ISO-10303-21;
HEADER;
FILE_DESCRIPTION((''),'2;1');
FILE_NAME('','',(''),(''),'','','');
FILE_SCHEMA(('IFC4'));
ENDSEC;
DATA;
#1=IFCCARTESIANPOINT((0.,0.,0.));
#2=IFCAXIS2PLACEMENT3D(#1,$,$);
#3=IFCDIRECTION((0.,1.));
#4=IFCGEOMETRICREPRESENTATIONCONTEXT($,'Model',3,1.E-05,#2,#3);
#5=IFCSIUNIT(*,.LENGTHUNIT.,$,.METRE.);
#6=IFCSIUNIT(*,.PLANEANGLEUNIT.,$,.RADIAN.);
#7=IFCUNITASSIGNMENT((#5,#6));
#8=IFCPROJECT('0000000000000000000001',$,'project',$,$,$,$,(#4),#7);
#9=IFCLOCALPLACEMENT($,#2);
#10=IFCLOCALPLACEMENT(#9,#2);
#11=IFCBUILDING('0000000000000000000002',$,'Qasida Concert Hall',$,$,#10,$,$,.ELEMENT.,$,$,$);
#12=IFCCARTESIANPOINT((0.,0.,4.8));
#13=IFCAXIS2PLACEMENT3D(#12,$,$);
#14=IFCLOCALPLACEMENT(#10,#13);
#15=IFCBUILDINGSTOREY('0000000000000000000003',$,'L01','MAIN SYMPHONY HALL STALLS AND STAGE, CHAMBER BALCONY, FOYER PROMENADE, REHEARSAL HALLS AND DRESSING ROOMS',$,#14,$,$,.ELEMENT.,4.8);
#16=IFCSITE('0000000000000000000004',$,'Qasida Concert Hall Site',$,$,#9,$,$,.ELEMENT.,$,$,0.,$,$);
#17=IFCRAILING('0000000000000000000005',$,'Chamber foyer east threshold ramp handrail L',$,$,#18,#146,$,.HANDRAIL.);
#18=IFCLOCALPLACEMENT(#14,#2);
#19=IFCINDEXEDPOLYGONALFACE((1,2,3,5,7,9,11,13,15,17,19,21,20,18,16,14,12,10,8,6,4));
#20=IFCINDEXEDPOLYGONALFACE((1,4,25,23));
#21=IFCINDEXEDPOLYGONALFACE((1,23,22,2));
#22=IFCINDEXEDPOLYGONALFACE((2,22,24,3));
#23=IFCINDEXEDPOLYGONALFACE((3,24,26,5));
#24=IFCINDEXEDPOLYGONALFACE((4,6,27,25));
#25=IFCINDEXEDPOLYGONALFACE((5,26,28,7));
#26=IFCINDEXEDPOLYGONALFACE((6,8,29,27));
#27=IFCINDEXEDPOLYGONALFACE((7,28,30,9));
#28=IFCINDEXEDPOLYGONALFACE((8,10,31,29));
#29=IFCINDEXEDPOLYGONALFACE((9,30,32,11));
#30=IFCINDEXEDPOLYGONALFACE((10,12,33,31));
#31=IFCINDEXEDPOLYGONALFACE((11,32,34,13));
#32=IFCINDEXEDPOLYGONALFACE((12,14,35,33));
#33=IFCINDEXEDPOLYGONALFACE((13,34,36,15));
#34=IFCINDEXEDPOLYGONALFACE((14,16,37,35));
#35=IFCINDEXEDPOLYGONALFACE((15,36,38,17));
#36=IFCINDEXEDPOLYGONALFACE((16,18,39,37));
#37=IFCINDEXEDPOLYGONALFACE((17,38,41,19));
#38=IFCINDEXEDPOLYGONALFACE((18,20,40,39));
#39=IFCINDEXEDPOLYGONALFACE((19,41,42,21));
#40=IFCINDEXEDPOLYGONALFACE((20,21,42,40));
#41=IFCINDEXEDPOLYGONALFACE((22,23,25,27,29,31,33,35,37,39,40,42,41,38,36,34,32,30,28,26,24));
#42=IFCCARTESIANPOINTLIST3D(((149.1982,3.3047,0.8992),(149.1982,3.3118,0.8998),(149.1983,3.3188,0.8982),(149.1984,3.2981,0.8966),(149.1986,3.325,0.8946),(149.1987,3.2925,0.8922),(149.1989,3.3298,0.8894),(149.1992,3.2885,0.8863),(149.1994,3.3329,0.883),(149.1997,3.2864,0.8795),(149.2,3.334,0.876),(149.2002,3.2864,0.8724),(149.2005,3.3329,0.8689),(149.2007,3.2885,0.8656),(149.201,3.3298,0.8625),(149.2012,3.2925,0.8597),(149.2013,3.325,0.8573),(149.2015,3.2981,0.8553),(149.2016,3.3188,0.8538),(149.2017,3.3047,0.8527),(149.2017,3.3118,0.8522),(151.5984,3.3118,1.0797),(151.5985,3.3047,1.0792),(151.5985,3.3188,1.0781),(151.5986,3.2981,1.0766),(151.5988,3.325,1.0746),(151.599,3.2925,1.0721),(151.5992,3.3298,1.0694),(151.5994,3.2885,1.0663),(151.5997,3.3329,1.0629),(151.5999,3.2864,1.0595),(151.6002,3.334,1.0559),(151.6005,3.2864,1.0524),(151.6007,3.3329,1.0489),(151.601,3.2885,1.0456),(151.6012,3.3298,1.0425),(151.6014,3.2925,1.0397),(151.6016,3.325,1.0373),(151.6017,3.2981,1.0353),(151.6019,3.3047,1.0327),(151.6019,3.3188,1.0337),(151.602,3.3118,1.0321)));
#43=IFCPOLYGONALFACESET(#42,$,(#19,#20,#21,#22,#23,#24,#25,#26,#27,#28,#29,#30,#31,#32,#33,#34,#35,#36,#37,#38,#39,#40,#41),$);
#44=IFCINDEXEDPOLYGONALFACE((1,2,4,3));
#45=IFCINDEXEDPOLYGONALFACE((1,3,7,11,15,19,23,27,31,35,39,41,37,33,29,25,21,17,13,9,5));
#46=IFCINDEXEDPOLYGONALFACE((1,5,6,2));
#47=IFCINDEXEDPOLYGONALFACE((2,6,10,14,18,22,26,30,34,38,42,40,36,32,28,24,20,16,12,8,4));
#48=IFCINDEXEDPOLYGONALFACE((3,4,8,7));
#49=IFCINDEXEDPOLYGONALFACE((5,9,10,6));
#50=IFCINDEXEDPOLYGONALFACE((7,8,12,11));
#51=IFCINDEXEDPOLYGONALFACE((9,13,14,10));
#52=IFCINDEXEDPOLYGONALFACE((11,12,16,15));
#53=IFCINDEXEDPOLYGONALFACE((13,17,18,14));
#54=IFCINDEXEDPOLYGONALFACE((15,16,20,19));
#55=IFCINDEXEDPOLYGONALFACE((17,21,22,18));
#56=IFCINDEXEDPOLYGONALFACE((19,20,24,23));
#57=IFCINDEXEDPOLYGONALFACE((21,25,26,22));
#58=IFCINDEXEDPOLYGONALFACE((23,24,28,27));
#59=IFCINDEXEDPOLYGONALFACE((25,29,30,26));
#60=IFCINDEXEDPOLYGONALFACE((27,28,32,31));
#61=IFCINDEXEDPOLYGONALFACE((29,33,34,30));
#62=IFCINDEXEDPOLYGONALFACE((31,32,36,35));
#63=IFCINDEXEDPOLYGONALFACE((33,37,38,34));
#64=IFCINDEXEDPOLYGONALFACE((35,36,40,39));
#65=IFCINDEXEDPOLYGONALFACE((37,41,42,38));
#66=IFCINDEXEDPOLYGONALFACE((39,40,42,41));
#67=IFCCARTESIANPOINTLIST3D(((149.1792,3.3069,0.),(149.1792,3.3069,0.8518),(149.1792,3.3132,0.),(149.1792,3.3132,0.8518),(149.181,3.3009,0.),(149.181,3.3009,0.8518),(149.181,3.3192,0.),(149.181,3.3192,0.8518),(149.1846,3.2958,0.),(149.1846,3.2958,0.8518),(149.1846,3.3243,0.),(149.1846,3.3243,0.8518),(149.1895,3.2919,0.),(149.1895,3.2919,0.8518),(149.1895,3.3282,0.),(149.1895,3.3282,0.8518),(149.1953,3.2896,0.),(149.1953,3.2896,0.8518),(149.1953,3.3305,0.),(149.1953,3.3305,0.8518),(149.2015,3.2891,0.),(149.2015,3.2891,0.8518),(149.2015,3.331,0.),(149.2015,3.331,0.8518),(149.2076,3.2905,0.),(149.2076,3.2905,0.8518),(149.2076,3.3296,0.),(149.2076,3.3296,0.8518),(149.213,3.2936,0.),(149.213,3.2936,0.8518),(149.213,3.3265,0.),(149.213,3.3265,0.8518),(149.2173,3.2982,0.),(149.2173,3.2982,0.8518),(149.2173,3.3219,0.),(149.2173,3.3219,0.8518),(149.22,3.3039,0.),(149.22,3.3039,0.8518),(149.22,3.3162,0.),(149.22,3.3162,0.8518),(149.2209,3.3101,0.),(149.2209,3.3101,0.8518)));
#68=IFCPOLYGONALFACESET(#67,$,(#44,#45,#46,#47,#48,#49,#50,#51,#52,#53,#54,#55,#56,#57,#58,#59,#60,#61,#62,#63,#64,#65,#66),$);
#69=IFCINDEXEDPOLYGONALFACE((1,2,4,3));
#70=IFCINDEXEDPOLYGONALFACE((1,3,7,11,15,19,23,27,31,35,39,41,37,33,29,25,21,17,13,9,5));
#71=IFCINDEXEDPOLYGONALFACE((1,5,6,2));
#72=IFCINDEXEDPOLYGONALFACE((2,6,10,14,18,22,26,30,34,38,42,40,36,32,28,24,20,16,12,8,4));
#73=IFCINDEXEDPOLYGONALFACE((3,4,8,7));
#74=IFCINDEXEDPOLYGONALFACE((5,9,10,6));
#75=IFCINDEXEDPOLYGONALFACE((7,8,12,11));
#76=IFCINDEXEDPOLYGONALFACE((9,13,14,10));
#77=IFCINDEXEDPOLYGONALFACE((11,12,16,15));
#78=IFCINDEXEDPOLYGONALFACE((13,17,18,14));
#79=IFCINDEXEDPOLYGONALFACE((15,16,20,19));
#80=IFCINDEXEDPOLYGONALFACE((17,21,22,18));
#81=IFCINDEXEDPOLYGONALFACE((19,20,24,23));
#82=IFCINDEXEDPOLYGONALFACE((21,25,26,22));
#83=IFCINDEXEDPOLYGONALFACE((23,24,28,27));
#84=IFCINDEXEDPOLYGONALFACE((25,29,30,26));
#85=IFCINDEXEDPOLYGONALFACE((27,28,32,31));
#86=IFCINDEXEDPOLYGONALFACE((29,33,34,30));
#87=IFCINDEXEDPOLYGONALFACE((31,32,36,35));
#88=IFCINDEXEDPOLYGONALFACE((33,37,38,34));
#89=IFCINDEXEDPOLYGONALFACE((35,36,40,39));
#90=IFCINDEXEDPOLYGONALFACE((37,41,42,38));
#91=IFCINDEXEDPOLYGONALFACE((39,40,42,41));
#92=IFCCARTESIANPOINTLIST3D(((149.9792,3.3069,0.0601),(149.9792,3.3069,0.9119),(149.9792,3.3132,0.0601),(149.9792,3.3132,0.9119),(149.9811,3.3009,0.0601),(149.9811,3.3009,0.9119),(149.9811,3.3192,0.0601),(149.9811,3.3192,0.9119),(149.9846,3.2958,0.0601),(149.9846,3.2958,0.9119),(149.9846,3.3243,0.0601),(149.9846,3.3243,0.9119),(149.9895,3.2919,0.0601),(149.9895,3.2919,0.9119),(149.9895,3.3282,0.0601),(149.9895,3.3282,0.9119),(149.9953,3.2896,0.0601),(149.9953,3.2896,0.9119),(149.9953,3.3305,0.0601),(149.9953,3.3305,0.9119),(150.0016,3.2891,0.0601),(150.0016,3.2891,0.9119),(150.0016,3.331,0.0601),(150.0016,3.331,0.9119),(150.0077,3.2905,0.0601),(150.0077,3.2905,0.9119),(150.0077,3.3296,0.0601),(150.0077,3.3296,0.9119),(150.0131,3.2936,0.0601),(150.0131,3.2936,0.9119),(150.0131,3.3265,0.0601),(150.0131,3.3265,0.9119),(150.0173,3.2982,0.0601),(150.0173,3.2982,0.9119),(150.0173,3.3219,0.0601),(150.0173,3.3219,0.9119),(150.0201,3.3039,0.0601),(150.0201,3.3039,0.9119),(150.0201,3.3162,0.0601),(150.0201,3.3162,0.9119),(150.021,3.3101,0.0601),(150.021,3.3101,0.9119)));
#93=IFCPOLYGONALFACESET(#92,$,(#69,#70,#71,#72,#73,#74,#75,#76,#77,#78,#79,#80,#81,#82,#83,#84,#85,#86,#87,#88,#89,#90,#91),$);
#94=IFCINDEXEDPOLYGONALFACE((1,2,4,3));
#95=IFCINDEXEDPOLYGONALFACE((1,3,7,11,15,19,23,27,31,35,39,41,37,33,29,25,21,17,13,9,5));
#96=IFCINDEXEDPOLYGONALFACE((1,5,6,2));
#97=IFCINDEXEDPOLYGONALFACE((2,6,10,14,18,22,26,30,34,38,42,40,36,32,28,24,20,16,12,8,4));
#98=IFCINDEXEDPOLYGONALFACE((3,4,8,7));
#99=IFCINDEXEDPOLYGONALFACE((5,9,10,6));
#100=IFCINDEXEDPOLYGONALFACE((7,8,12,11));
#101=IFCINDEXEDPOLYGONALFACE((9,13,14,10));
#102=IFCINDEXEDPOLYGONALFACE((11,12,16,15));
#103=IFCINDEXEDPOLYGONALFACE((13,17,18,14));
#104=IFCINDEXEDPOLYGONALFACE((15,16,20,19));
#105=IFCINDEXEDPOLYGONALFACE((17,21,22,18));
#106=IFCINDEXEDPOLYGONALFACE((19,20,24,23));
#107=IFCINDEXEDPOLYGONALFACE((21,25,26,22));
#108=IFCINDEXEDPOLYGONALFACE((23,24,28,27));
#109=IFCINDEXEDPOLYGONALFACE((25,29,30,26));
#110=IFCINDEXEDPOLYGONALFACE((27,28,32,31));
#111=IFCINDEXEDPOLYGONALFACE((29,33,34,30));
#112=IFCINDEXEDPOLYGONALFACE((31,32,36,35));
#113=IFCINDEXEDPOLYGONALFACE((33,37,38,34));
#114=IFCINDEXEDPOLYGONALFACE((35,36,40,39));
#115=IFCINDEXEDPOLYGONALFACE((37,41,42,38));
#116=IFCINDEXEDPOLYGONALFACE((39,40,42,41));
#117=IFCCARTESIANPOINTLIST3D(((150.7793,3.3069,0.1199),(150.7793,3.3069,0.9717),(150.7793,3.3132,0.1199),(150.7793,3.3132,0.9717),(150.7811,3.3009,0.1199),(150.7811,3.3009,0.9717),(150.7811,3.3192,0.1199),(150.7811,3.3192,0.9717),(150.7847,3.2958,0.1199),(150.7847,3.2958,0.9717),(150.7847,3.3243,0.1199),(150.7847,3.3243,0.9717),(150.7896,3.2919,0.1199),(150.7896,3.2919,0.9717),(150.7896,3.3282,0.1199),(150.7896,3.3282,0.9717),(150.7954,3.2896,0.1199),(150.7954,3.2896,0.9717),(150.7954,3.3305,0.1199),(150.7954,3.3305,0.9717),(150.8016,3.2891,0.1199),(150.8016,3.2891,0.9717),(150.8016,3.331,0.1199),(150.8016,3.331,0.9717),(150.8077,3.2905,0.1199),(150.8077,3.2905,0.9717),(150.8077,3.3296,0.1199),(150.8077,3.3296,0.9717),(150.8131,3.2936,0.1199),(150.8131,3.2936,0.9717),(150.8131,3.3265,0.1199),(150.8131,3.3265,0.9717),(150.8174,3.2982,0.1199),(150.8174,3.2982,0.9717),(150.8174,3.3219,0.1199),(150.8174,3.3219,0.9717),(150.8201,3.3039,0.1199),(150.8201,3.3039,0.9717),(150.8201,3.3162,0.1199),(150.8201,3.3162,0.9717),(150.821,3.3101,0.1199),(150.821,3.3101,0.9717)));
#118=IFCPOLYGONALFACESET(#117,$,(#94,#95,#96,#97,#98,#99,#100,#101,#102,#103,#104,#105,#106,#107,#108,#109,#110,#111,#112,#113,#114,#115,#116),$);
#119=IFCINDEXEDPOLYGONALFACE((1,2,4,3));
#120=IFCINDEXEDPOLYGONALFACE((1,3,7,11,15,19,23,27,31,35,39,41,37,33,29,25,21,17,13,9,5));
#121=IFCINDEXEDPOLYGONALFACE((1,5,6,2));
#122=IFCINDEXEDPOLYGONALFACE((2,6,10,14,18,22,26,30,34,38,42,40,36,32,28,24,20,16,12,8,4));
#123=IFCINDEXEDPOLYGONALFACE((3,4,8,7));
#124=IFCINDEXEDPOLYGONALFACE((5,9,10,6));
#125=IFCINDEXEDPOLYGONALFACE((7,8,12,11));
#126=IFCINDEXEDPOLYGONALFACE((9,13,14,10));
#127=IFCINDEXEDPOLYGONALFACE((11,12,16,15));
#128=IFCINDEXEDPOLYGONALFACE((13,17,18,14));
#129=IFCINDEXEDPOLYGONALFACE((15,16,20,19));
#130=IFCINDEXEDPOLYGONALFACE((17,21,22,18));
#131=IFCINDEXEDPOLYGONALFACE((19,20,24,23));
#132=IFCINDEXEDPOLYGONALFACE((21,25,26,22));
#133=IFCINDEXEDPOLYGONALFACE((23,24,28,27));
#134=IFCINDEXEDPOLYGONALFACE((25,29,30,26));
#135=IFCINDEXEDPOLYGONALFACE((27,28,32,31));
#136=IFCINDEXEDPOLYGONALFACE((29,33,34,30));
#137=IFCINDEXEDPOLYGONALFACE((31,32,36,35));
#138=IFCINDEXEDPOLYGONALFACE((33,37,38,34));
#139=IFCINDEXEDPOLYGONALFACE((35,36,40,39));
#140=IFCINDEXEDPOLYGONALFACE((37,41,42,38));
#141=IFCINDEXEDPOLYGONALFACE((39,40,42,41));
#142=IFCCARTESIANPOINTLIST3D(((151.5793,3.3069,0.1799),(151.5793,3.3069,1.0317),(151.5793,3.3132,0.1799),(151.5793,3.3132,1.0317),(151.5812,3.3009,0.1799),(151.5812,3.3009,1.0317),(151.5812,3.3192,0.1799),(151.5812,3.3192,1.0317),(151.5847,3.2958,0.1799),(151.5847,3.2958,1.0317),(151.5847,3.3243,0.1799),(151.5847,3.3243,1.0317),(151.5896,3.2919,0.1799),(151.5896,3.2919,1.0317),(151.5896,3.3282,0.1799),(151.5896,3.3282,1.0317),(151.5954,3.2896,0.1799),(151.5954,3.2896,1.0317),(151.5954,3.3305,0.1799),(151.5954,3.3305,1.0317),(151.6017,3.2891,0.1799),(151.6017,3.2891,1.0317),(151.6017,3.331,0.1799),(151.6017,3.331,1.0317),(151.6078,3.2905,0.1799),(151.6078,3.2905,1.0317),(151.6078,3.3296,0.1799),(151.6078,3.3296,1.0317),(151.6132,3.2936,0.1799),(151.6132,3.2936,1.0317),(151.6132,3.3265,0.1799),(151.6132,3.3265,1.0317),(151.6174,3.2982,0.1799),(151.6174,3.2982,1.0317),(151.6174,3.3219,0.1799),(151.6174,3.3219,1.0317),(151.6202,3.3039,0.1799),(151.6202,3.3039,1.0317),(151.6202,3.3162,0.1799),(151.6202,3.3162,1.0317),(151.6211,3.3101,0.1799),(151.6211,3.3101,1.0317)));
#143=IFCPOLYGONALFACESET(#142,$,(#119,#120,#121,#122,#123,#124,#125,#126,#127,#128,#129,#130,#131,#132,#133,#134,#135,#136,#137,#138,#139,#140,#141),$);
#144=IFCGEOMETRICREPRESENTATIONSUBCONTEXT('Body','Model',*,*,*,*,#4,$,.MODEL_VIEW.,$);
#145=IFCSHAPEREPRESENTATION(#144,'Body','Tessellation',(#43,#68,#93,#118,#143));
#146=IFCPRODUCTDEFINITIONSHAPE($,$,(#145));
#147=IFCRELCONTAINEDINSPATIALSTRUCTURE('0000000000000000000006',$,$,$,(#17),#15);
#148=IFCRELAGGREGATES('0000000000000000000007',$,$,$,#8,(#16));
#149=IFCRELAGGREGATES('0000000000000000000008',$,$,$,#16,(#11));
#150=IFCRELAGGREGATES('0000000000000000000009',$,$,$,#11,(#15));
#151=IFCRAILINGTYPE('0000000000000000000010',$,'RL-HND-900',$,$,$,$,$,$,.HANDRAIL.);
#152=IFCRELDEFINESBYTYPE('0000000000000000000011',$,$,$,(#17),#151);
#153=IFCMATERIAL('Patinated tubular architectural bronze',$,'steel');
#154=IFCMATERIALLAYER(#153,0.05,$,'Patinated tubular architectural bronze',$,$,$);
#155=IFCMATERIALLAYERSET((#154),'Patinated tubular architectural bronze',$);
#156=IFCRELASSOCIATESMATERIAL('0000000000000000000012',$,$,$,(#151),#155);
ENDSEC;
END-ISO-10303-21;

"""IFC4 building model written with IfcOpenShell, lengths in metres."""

from ifc_helpers import new_model, si_unit, direction, frame, origin, origin_2d, place, context, subcontext, project, spatial, circle, extrude, material, layer, layer_set, type_object, element, save


model = new_model("IFC4")

# Units and contexts
model_context = context("Model", 3, precision=1e-05, world=origin(), true_north=direction((0.0, 1.0)))
body_context = subcontext(model_context, "Body", "Model", "MODEL_VIEW")
ifc_project = project(units=[si_unit("LENGTHUNIT", "METRE"), si_unit("PLANEANGLEUNIT", "RADIAN")], contexts=[model_context])

# Site, building, storey
site_placement = place(None, origin())
site = spatial("IfcSite", under=ifc_project, at=site_placement, Name="Qasida Concert Hall Site", CompositionType="ELEMENT", RefElevation=0.0)
building_placement = place(site_placement, origin())
building = spatial("IfcBuilding", under=site, at=building_placement, Name="Qasida Concert Hall", CompositionType="ELEMENT")
storey_placement = place(building_placement, frame((0.0, 0.0, 4.8)))
storey = spatial("IfcBuildingStorey", under=building, at=storey_placement, Name="L01", Description="MAIN SYMPHONY HALL STALLS AND STAGE, CHAMBER BALCONY, FOYER PROMENADE, REHEARSAL HALLS AND DRESSING ROOMS", CompositionType="ELEMENT", Elevation=4.8)

# Railing
ifc_material_1 = material(Name="Patinated tubular architectural bronze", Category="steel")
ifc_layer_1 = layer(ifc_material_1, 0.05, Name="Patinated tubular architectural bronze")
ifc_layer_set_1 = layer_set([ifc_layer_1], Name="Patinated tubular architectural bronze")
railing_type = type_object("IfcRailingType", Name="RL-HND-900", PredefinedType="HANDRAIL", material=ifc_layer_set_1)
for number, where, name in (
    (1, (149.2, 3.3101, 0.0), "Chamber foyer east threshold ramp handrail L"),
):
    element("IfcRailing", number, at=place(storey_placement, frame(where)), inside=storey, type_object=railing_type, Name=name, PredefinedType="HANDRAIL", context=body_context, shape_type="SweptSolid", body=[
        extrude(circle(Radius=0.0239, at=origin_2d()), frame((0.0, 0.0, 0.876), z_axis=(0.997202, 0.0, 0.074757), x_axis=(0.0, 1.0, 0.0)), (0.0, 0.0, 1.0), 2.407),
        extrude(circle(Radius=0.021, at=origin_2d()), origin(), (0.0, 0.0, 1.0), 0.8518),
        extrude(circle(Radius=0.021, at=origin_2d()), frame((0.8, 0.0, 0.0601)), (0.0, 0.0, 1.0), 0.8518),
        extrude(circle(Radius=0.021, at=origin_2d()), frame((1.6001, 0.0, 0.1199)), (0.0, 0.0, 1.0), 0.8518),
        extrude(circle(Radius=0.021, at=origin_2d()), frame((2.4001, 0.0, 0.1799)), (0.0, 0.0, 1.0), 0.8518),
    ])

save(model, "model.ifc")
